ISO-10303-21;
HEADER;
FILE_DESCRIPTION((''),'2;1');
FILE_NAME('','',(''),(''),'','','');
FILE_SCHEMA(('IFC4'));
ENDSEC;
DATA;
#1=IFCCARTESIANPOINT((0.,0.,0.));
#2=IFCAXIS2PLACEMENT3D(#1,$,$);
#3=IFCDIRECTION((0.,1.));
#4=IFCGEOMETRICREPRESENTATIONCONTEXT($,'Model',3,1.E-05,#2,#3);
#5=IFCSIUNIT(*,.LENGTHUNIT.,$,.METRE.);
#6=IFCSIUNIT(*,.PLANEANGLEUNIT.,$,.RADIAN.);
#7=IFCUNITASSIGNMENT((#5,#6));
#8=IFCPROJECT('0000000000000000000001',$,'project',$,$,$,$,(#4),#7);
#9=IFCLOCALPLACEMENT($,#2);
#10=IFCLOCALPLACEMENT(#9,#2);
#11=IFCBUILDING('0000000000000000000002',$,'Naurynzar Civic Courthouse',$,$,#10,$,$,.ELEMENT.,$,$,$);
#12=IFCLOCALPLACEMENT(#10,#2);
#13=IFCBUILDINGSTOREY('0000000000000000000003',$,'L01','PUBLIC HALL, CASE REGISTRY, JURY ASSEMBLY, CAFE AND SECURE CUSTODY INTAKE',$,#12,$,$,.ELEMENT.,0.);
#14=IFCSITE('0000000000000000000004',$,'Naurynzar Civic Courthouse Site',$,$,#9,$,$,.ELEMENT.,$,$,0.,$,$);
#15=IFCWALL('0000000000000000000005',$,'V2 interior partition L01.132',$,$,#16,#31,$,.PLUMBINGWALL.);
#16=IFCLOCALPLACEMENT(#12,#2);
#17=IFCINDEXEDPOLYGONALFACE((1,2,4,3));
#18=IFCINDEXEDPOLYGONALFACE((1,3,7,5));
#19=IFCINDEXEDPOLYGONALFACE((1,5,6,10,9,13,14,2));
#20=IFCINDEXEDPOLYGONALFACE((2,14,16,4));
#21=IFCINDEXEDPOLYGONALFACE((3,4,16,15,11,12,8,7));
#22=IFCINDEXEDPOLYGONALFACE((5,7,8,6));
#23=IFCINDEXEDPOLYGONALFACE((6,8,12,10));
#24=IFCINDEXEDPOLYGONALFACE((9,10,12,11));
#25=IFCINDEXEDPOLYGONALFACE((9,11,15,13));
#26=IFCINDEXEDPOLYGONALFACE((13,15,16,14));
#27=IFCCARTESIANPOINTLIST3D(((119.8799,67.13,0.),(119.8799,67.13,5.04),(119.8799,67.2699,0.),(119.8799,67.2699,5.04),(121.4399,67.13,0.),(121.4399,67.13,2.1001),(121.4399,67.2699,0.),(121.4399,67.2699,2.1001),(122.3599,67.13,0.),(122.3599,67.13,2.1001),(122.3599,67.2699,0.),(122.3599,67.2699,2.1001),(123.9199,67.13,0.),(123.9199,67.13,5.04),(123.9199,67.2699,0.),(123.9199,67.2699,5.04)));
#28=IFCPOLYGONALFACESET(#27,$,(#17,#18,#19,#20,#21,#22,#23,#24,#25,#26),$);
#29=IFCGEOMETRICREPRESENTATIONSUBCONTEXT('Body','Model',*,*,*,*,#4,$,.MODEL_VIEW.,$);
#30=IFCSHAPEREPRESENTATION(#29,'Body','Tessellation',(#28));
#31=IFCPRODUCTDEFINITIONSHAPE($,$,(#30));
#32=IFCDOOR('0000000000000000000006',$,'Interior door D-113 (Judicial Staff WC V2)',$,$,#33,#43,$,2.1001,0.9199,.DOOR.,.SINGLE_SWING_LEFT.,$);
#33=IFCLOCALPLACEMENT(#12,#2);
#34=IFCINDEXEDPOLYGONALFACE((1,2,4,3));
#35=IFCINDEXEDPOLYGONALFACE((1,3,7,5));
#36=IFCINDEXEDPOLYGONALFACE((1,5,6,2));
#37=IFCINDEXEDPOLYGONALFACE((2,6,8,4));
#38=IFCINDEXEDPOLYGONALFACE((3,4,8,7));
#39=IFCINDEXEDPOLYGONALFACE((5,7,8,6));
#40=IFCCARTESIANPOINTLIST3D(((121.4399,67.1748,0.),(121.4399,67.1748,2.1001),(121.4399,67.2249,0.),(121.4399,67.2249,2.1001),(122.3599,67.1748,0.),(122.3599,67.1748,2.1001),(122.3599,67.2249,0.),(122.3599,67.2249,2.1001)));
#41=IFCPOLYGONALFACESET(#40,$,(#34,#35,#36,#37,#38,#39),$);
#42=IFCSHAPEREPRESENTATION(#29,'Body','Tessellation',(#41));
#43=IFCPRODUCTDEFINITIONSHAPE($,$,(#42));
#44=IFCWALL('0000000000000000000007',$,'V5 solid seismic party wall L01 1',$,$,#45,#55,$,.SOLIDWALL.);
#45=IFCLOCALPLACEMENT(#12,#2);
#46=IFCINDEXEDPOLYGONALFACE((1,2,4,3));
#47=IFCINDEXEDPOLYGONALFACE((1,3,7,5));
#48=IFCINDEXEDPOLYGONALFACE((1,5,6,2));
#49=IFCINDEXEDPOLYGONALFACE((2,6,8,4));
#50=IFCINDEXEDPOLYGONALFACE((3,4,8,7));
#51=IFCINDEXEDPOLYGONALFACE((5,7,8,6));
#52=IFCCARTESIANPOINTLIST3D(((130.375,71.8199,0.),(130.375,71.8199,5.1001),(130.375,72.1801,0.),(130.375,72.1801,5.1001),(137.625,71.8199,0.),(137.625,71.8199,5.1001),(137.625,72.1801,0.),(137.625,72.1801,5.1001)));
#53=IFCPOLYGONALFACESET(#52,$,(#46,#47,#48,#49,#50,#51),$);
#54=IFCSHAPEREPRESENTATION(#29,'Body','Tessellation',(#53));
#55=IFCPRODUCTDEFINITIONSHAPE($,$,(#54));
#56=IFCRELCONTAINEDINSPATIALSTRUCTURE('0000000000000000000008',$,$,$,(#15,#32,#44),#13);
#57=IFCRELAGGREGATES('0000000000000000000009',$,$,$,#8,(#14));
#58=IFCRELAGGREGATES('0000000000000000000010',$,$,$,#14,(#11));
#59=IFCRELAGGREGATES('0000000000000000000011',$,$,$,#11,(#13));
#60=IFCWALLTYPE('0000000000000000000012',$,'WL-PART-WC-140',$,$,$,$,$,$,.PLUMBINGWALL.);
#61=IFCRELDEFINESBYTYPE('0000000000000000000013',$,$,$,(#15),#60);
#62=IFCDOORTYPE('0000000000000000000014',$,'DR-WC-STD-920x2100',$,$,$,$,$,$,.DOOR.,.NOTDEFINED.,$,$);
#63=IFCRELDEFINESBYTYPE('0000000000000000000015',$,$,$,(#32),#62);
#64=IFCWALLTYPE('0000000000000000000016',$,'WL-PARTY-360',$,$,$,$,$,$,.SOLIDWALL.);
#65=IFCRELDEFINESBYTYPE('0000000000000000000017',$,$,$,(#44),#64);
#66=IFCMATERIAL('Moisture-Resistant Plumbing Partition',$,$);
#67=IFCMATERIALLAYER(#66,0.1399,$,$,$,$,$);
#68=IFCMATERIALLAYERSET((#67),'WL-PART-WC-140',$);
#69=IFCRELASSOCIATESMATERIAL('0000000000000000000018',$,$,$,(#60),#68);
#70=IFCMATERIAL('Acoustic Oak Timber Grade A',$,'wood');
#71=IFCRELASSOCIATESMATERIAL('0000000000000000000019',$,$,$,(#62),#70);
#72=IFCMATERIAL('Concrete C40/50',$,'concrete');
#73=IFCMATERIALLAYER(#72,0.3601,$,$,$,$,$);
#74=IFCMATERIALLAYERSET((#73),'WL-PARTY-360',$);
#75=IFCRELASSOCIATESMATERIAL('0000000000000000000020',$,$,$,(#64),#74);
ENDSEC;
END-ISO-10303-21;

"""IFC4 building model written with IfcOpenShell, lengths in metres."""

from ifc_helpers import new_model, si_unit, direction, frame, frame_2d, origin, place, context, subcontext, project, spatial, rectangle, extrude, material, layer, layer_set, type_object, element, fill, save


model = new_model("IFC4")

# Units and contexts
model_context = context("Model", 3, precision=1e-05, world=origin(), true_north=direction((0.0, 1.0)))
body_context = subcontext(model_context, "Body", "Model", "MODEL_VIEW")
ifc_project = project(units=[si_unit("LENGTHUNIT", "METRE"), si_unit("PLANEANGLEUNIT", "RADIAN")], contexts=[model_context])

# Site, building, storey
site_placement = place(None, origin())
site = spatial("IfcSite", under=ifc_project, at=site_placement, Name="Naurynzar Civic Courthouse Site", CompositionType="ELEMENT", RefElevation=0.0)
building_placement = place(site_placement, origin())
building = spatial("IfcBuilding", under=site, at=building_placement, Name="Naurynzar Civic Courthouse", CompositionType="ELEMENT")
storey_placement = place(building_placement, origin())
storey = spatial("IfcBuildingStorey", under=building, at=storey_placement, Name="L01", Description="PUBLIC HALL, CASE REGISTRY, JURY ASSEMBLY, CAFE AND SECURE CUSTODY INTAKE", CompositionType="ELEMENT", Elevation=0.0)

# Wall, opening, door
ifc_material_1 = material(Name="Moisture-Resistant Plumbing Partition")
ifc_layer_1 = layer(ifc_material_1, 0.1399)
ifc_layer_set_1 = layer_set([ifc_layer_1], Name="WL-PART-WC-140")
wall_type_1 = type_object("IfcWallType", Name="WL-PART-WC-140", PredefinedType="PLUMBINGWALL", material=ifc_layer_set_1)
wall_1_placement = place(storey_placement, frame((119.8799, 67.2, 0.0), z_axis=(0.0, 0.0, 1.0), x_axis=(1.0, 0.0, 0.0)))
wall_1 = element("IfcWall", 1, at=wall_1_placement, inside=storey, type_object=wall_type_1, Name="V2 interior partition L01.132", PredefinedType="PLUMBINGWALL", context=body_context, shape_type="SweptSolid", body=[
    extrude(rectangle(XDim=4.04, YDim=0.1399, at=frame_2d((2.02, 0.0))), origin(), (0.0, 0.0, 1.0), 5.04),
])
opening_1_placement = place(wall_1_placement, frame((1.5601, 0.0, 0.0)))
opening_1 = element("IfcOpeningElement", 2, at=opening_1_placement, cuts=wall_1, PredefinedType="OPENING", context=body_context, shape_type="SweptSolid", body=[
    extrude(rectangle(XDim=0.9199, YDim=2.1001, at=frame_2d((0.46, 1.05))), frame((0.0, 0.0798, 0.0), z_axis=(0.0, -1.0, 0.0), x_axis=(1.0, 0.0, 0.0)), (0.0, 0.0, 1.0), 0.1599),
])
ifc_material_2 = material(Name="Acoustic Oak Timber Grade A", Category="wood")
door_type_1 = type_object("IfcDoorType", Name="DR-WC-STD-920x2100", OperationType="NOTDEFINED", PredefinedType="DOOR", material=ifc_material_2)
door_1_placement = place(opening_1_placement, origin())
door_1 = element("IfcDoor", 3, at=door_1_placement, inside=storey, type_object=door_type_1, Name="Interior door D-113 (Judicial Staff WC V2)", OperationType="SINGLE_SWING_LEFT", OverallHeight=2.1001, OverallWidth=0.9199, PredefinedType="DOOR", context=body_context, shape_type="SweptSolid", body=[
    extrude(rectangle(XDim=0.9199, YDim=2.1001, at=frame_2d((0.46, 1.05))), frame((0.0, 0.0249, 0.0), z_axis=(0.0, -1.0, 0.0), x_axis=(1.0, 0.0, 0.0)), (0.0, 0.0, 1.0), 0.05),
])
fill(opening_1, door_1)

# Wall
ifc_material_3 = material(Name="Concrete C40/50", Category="concrete")
ifc_layer_2 = layer(ifc_material_3, 0.3601)
ifc_layer_set_2 = layer_set([ifc_layer_2], Name="WL-PARTY-360")
wall_type_2 = type_object("IfcWallType", Name="WL-PARTY-360", PredefinedType="SOLIDWALL", material=ifc_layer_set_2)
wall_2_placement = place(storey_placement, frame((130.375, 72.0, 0.0), z_axis=(0.0, 0.0, 1.0), x_axis=(1.0, 0.0, 0.0)))
element("IfcWall", 4, at=wall_2_placement, inside=storey, type_object=wall_type_2, Name="V5 solid seismic party wall L01 1", PredefinedType="SOLIDWALL", context=body_context, shape_type="SweptSolid", body=[
    extrude(rectangle(XDim=7.25, YDim=0.3601, at=frame_2d((3.625, 0.0))), origin(), (0.0, 0.0, 1.0), 5.1001),
])

save(model, "model.ifc")
